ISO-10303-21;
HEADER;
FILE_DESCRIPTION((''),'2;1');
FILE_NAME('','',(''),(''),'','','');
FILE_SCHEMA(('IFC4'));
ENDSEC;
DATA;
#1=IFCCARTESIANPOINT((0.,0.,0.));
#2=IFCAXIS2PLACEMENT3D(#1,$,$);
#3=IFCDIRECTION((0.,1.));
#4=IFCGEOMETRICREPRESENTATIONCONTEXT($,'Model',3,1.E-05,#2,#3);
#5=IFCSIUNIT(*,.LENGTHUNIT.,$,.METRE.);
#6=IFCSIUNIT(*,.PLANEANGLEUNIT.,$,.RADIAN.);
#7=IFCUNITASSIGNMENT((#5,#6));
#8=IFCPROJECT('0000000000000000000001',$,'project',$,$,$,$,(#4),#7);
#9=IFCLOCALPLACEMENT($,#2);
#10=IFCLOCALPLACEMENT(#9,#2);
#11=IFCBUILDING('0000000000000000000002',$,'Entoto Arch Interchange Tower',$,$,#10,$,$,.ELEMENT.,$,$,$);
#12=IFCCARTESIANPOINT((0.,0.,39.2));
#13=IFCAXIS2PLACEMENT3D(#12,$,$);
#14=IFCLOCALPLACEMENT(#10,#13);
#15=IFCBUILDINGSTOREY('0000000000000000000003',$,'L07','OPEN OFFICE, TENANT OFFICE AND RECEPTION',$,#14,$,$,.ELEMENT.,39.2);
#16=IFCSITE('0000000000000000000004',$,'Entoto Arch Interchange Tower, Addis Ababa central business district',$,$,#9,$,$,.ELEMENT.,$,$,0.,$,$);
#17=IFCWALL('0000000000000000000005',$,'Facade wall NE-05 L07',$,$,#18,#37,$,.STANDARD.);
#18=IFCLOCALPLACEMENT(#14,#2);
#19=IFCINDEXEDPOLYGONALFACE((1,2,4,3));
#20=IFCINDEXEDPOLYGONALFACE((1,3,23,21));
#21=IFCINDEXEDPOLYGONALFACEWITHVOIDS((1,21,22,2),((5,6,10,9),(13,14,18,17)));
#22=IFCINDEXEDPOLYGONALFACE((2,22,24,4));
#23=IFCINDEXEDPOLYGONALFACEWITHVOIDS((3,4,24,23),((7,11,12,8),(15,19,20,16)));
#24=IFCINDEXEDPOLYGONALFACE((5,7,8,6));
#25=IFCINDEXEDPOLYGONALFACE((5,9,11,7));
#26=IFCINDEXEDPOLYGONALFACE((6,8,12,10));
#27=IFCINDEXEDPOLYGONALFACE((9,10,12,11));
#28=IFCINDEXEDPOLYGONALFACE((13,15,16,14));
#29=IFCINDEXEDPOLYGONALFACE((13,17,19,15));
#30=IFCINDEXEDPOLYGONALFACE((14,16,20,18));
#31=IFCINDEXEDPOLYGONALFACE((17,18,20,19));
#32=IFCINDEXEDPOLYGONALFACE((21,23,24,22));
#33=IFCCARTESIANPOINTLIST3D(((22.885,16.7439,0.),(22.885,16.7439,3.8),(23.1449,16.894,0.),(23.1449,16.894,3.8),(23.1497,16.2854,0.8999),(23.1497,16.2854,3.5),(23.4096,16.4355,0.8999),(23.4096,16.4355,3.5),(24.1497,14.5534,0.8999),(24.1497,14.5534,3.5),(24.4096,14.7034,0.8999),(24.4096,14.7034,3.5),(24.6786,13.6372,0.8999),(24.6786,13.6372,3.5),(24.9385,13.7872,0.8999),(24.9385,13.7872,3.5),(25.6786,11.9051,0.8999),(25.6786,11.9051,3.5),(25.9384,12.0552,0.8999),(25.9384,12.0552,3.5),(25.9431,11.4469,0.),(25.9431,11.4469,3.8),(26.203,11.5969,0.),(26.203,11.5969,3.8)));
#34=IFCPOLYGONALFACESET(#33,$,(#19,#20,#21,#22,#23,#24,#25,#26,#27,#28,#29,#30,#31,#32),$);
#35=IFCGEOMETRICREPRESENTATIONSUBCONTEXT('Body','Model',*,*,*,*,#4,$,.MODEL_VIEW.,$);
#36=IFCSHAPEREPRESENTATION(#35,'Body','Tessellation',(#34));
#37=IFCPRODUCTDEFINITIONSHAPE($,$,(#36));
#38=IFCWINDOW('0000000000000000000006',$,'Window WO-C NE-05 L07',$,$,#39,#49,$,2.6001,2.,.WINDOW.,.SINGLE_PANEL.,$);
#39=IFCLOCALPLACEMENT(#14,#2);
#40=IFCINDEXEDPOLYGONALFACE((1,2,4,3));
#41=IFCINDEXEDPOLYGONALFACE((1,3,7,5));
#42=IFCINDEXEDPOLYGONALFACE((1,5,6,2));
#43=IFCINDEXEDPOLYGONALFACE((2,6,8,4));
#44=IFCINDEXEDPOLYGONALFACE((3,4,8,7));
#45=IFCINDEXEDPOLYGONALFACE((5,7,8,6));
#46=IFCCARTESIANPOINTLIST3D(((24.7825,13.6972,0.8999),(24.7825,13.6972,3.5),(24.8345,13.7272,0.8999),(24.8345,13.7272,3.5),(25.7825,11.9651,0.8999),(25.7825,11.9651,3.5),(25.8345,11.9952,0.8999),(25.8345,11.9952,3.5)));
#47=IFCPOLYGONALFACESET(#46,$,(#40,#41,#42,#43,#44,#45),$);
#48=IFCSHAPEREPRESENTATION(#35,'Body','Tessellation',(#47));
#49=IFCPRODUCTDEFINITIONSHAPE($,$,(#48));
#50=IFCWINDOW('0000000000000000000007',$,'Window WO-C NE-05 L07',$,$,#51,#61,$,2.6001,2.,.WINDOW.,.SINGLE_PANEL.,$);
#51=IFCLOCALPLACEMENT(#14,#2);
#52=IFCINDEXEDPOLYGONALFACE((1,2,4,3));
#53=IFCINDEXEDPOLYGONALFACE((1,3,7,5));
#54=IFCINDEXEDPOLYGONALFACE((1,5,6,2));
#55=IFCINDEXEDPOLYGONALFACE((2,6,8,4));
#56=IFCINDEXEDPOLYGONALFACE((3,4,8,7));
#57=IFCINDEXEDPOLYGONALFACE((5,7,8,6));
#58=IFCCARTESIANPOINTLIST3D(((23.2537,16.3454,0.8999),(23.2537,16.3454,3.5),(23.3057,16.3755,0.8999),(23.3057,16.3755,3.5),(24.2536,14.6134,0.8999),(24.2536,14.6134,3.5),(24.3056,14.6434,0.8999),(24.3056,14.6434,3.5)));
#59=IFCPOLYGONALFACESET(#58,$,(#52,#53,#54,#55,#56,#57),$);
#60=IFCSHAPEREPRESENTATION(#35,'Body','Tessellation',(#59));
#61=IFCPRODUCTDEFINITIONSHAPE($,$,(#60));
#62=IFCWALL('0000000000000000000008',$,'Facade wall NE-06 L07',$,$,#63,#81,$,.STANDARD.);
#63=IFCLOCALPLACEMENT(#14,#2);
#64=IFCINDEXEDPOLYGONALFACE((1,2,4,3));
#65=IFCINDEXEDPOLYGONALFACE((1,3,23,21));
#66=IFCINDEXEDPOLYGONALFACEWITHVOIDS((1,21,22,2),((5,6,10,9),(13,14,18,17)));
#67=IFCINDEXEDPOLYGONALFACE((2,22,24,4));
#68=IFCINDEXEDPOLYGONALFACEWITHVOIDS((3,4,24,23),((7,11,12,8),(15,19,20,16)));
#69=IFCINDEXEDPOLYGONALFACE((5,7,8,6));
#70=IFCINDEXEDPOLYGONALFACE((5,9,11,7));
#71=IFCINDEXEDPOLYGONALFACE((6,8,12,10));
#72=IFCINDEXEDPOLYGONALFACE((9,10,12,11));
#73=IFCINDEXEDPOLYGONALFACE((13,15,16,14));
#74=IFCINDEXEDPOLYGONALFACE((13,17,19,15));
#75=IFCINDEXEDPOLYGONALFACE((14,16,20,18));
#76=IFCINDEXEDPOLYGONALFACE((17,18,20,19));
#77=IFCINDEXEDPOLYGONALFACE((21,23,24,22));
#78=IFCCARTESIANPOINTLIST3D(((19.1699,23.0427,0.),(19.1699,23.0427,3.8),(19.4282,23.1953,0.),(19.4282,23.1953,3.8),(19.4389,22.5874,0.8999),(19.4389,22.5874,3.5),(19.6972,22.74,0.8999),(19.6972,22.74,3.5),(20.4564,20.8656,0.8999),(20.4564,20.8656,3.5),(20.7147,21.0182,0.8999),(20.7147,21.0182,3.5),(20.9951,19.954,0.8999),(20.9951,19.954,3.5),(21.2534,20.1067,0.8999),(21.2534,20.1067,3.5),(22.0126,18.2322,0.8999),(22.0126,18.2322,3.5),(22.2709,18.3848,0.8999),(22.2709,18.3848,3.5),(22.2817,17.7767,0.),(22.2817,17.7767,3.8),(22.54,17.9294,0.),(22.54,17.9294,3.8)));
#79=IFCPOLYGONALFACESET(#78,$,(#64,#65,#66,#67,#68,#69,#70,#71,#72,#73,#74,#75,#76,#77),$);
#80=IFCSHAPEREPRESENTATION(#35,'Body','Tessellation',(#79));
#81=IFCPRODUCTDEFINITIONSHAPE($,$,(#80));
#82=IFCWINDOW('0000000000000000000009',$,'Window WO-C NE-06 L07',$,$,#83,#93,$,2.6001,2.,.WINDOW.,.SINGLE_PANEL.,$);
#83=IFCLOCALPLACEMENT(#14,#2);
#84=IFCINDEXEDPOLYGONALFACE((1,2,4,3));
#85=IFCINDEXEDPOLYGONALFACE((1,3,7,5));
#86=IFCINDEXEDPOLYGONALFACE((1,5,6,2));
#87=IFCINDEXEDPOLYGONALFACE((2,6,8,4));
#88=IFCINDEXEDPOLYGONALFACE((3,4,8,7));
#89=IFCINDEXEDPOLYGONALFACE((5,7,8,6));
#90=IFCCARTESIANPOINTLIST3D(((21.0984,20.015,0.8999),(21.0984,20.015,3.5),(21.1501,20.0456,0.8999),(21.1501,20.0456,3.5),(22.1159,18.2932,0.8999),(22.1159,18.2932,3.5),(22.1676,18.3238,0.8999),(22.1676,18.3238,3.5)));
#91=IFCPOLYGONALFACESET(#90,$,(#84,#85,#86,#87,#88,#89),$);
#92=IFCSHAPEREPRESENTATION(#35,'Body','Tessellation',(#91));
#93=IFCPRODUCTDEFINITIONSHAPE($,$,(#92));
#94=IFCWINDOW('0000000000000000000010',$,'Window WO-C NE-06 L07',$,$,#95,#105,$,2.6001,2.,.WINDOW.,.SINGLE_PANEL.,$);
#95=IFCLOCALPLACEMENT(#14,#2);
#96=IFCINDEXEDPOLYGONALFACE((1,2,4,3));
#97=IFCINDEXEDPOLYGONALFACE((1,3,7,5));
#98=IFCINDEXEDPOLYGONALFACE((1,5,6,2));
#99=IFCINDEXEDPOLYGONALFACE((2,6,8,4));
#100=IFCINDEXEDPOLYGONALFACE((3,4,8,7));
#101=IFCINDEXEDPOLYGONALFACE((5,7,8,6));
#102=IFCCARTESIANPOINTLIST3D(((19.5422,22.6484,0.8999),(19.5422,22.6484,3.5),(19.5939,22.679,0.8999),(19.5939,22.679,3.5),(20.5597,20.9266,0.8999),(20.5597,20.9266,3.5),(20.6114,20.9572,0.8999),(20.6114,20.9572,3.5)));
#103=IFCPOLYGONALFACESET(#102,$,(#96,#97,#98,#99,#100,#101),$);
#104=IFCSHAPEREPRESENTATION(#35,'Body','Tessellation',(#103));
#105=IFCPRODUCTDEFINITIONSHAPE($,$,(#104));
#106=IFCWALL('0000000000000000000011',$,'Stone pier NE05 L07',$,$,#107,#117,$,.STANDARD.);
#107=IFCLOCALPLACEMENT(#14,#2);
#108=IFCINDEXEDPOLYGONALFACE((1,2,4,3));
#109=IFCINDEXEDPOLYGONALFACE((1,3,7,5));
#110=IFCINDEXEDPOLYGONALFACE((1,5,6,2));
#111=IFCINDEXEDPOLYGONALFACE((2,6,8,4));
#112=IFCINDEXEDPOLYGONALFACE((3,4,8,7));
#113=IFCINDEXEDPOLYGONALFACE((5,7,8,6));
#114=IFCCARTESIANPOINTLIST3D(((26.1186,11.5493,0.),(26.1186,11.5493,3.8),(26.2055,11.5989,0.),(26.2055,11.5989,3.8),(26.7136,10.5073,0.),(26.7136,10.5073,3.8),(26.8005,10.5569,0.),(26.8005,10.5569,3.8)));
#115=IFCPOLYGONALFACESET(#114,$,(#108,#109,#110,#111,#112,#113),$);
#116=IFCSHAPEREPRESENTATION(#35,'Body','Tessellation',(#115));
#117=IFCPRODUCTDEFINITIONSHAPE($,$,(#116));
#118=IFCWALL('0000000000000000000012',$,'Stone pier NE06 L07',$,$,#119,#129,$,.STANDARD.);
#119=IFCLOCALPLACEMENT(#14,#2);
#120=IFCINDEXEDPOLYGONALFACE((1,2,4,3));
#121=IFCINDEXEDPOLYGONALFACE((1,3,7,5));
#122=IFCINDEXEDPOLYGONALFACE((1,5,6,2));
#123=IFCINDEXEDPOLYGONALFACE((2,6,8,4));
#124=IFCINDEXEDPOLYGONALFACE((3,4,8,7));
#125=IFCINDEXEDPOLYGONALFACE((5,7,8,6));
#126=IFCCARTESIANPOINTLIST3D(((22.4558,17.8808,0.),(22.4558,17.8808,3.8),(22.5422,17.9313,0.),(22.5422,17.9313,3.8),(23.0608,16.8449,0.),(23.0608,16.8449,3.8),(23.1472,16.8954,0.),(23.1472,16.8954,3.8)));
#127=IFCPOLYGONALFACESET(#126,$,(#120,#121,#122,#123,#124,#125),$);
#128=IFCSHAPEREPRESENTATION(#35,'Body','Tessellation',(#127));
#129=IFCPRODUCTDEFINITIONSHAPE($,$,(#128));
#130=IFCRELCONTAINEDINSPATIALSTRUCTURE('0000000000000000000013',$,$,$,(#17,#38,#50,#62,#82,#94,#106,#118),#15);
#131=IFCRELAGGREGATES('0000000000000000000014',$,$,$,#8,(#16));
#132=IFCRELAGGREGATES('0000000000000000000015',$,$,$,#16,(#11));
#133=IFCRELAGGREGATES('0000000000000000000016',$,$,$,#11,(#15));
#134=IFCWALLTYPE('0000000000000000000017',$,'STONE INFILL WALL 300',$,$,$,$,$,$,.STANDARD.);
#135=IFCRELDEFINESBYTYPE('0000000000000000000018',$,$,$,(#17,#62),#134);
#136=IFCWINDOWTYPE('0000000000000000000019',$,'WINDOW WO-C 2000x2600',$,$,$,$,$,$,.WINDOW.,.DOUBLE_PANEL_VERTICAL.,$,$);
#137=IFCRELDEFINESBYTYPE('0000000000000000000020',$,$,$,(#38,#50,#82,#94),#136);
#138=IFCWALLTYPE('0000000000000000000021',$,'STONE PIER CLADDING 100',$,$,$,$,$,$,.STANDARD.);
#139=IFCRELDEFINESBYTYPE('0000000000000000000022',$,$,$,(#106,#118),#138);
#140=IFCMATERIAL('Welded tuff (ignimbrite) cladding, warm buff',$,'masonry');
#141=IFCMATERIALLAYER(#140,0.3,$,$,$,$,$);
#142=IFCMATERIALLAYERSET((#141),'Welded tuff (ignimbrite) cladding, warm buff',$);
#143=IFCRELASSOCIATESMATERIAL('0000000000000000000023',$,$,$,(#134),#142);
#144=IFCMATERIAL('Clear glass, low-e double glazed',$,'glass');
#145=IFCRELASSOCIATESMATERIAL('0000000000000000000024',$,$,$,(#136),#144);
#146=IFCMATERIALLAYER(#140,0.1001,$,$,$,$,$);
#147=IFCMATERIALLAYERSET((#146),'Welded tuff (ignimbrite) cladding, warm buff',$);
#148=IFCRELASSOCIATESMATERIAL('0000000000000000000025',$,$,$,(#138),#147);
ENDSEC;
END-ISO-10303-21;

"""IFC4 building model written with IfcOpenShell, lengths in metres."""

from ifc_helpers import new_model, si_unit, direction, frame, frame_2d, origin, place, context, subcontext, project, spatial, rectangle, extrude, material, layer, layer_set, type_object, element, fill, save


model = new_model("IFC4")

# Units and contexts
model_context = context("Model", 3, precision=1e-05, world=origin(), true_north=direction((0.0, 1.0)))
body_context = subcontext(model_context, "Body", "Model", "MODEL_VIEW")
ifc_project = project(units=[si_unit("LENGTHUNIT", "METRE"), si_unit("PLANEANGLEUNIT", "RADIAN")], contexts=[model_context])

# Site, building, storey
site_placement = place(None, origin())
site = spatial("IfcSite", under=ifc_project, at=site_placement, Name="Entoto Arch Interchange Tower, Addis Ababa central business district", CompositionType="ELEMENT", RefElevation=0.0)
building_placement = place(site_placement, origin())
building = spatial("IfcBuilding", under=site, at=building_placement, Name="Entoto Arch Interchange Tower", CompositionType="ELEMENT")
storey_placement = place(building_placement, frame((0.0, 0.0, 39.2)))
storey = spatial("IfcBuildingStorey", under=building, at=storey_placement, Name="L07", Description="OPEN OFFICE, TENANT OFFICE AND RECEPTION", CompositionType="ELEMENT", Elevation=39.2)

# Walls, openings, windows
ifc_material_1 = material(Name="Welded tuff (ignimbrite) cladding, warm buff", Category="masonry")
ifc_layer_1 = layer(ifc_material_1, 0.3)
ifc_layer_set_1 = layer_set([ifc_layer_1], Name="Welded tuff (ignimbrite) cladding, warm buff")
wall_type_1 = type_object("IfcWallType", Name="STONE INFILL WALL 300", PredefinedType="STANDARD", material=ifc_layer_set_1)
wall_1_placement = place(storey_placement, frame((26.073, 11.522, 0.0), z_axis=(0.0, 0.0, 1.0), x_axis=(-0.499977, 0.866039, 0.0)))
wall_1 = element("IfcWall", 1, at=wall_1_placement, inside=storey, type_object=wall_type_1, Name="Facade wall NE-05 L07", PredefinedType="STANDARD", context=body_context, shape_type="SweptSolid", body=[
    extrude(rectangle(XDim=6.1165, YDim=0.3, at=frame_2d((3.0581, 0.0))), origin(), (0.0, 0.0, 1.0), 3.8),
])
opening_1_placement = place(wall_1_placement, frame((0.5291, 0.0, 0.8999)))
opening_1 = element("IfcOpeningElement", 2, at=opening_1_placement, cuts=wall_1, PredefinedType="OPENING", context=body_context, shape_type="SweptSolid", body=[
    extrude(rectangle(XDim=2.0, YDim=2.6001, at=frame_2d((1.0, 1.3))), frame((0.0, 0.1602, 0.0), z_axis=(0.0, -1.0, 0.0), x_axis=(1.0, 0.0, 0.0)), (0.0, 0.0, 1.0), 0.3201),
])
opening_2_placement = place(wall_1_placement, frame((3.5869, 0.0, 0.8999)))
opening_2 = element("IfcOpeningElement", 3, at=opening_2_placement, cuts=wall_1, PredefinedType="OPENING", context=body_context, shape_type="SweptSolid", body=[
    extrude(rectangle(XDim=2.0, YDim=2.6001, at=frame_2d((1.0, 1.3))), frame((0.0, 0.1602, 0.0), z_axis=(0.0, -1.0, 0.0), x_axis=(1.0, 0.0, 0.0)), (0.0, 0.0, 1.0), 0.3201),
])
ifc_material_2 = material(Name="Clear glass, low-e double glazed", Category="glass")
window_type = type_object("IfcWindowType", Name="WINDOW WO-C 2000x2600", PartitioningType="DOUBLE_PANEL_VERTICAL", PredefinedType="WINDOW", material=ifc_material_2)
window_1_placement = place(opening_1_placement, origin())
window_1 = element("IfcWindow", 4, at=window_1_placement, inside=storey, type_object=window_type, Name="Window WO-C NE-05 L07", OverallHeight=2.6001, OverallWidth=2.0, PartitioningType="SINGLE_PANEL", PredefinedType="WINDOW", context=body_context, shape_type="SweptSolid", body=[
    extrude(rectangle(XDim=2.0, YDim=2.6001, at=frame_2d((1.0, 1.3))), frame((0.0, 0.03, 0.0), z_axis=(0.0, -1.0, 0.0), x_axis=(1.0, 0.0, 0.0)), (0.0, 0.0, 1.0), 0.0601),
])
fill(opening_1, window_1)
window_2_placement = place(opening_2_placement, origin())
window_2 = element("IfcWindow", 5, at=window_2_placement, inside=storey, type_object=window_type, Name="Window WO-C NE-05 L07", OverallHeight=2.6001, OverallWidth=2.0, PartitioningType="SINGLE_PANEL", PredefinedType="WINDOW", context=body_context, shape_type="SweptSolid", body=[
    extrude(rectangle(XDim=2.0, YDim=2.6001, at=frame_2d((1.0, 1.3))), frame((0.0, 0.03, 0.0), z_axis=(0.0, -1.0, 0.0), x_axis=(1.0, 0.0, 0.0)), (0.0, 0.0, 1.0), 0.0601),
])
fill(opening_2, window_2)
wall_2_placement = place(storey_placement, frame((22.4109, 17.853, 0.0), z_axis=(0.0, 0.0, 1.0), x_axis=(-0.508749, 0.860915, 0.0)))
wall_2 = element("IfcWall", 6, at=wall_2_placement, inside=storey, type_object=wall_type_1, Name="Facade wall NE-06 L07", PredefinedType="STANDARD", context=body_context, shape_type="SweptSolid", body=[
    extrude(rectangle(XDim=6.1167, YDim=0.3, at=frame_2d((3.0583, 0.0))), origin(), (0.0, 0.0, 1.0), 3.8),
])
opening_3_placement = place(wall_2_placement, frame((0.5291, 0.0, 0.8999)))
opening_3 = element("IfcOpeningElement", 7, at=opening_3_placement, cuts=wall_2, PredefinedType="OPENING", context=body_context, shape_type="SweptSolid", body=[
    extrude(rectangle(XDim=2.0, YDim=2.6001, at=frame_2d((1.0, 1.3))), frame((0.0, 0.1602, 0.0), z_axis=(0.0, -1.0, 0.0), x_axis=(1.0, 0.0, 0.0)), (0.0, 0.0, 1.0), 0.3201),
])
opening_4_placement = place(wall_2_placement, frame((3.5879, 0.0, 0.8999)))
opening_4 = element("IfcOpeningElement", 8, at=opening_4_placement, cuts=wall_2, PredefinedType="OPENING", context=body_context, shape_type="SweptSolid", body=[
    extrude(rectangle(XDim=2.0, YDim=2.6001, at=frame_2d((1.0, 1.3))), frame((0.0, 0.1602, 0.0), z_axis=(0.0, -1.0, 0.0), x_axis=(1.0, 0.0, 0.0)), (0.0, 0.0, 1.0), 0.3201),
])
window_3_placement = place(opening_3_placement, origin())
window_3 = element("IfcWindow", 9, at=window_3_placement, inside=storey, type_object=window_type, Name="Window WO-C NE-06 L07", OverallHeight=2.6001, OverallWidth=2.0, PartitioningType="SINGLE_PANEL", PredefinedType="WINDOW", context=body_context, shape_type="SweptSolid", body=[
    extrude(rectangle(XDim=2.0, YDim=2.6001, at=frame_2d((1.0, 1.3))), frame((0.0, 0.03, 0.0), z_axis=(0.0, -1.0, 0.0), x_axis=(1.0, 0.0, 0.0)), (0.0, 0.0, 1.0), 0.0601),
])
fill(opening_3, window_3)
window_4_placement = place(opening_4_placement, origin())
window_4 = element("IfcWindow", 10, at=window_4_placement, inside=storey, type_object=window_type, Name="Window WO-C NE-06 L07", OverallHeight=2.6001, OverallWidth=2.0, PartitioningType="SINGLE_PANEL", PredefinedType="WINDOW", context=body_context, shape_type="SweptSolid", body=[
    extrude(rectangle(XDim=2.0, YDim=2.6001, at=frame_2d((1.0, 1.3))), frame((0.0, 0.03, 0.0), z_axis=(0.0, -1.0, 0.0), x_axis=(1.0, 0.0, 0.0)), (0.0, 0.0, 1.0), 0.0601),
])
fill(opening_4, window_4)

# Walls
ifc_layer_2 = layer(ifc_material_1, 0.1001)
ifc_layer_set_2 = layer_set([ifc_layer_2], Name="Welded tuff (ignimbrite) cladding, warm buff")
wall_type_2 = type_object("IfcWallType", Name="STONE PIER CLADDING 100", PredefinedType="STANDARD", material=ifc_layer_set_2)
wall_3_placement = place(storey_placement, frame((26.7571, 10.532, 0.0), z_axis=(0.0, 0.0, 1.0), x_axis=(-0.495854, 0.868406, 0.0)))
element("IfcWall", 11, at=wall_3_placement, inside=storey, type_object=wall_type_2, Name="Stone pier NE05 L07", PredefinedType="STANDARD", context=body_context, shape_type="SweptSolid", body=[
    extrude(rectangle(XDim=1.2, YDim=0.1001, at=frame_2d((0.6001, 0.0))), origin(), (0.0, 0.0, 1.0), 3.8),
])
wall_4_placement = place(storey_placement, frame((23.104, 16.8701, 0.0), z_axis=(0.0, 0.0, 1.0), x_axis=(-0.504314, 0.86352, 0.0)))
element("IfcWall", 12, at=wall_4_placement, inside=storey, type_object=wall_type_2, Name="Stone pier NE06 L07", PredefinedType="STANDARD", context=body_context, shape_type="SweptSolid", body=[
    extrude(rectangle(XDim=1.1997, YDim=0.1001, at=frame_2d((0.5999, 0.0))), origin(), (0.0, 0.0, 1.0), 3.8),
])

save(model, "model.ifc")
